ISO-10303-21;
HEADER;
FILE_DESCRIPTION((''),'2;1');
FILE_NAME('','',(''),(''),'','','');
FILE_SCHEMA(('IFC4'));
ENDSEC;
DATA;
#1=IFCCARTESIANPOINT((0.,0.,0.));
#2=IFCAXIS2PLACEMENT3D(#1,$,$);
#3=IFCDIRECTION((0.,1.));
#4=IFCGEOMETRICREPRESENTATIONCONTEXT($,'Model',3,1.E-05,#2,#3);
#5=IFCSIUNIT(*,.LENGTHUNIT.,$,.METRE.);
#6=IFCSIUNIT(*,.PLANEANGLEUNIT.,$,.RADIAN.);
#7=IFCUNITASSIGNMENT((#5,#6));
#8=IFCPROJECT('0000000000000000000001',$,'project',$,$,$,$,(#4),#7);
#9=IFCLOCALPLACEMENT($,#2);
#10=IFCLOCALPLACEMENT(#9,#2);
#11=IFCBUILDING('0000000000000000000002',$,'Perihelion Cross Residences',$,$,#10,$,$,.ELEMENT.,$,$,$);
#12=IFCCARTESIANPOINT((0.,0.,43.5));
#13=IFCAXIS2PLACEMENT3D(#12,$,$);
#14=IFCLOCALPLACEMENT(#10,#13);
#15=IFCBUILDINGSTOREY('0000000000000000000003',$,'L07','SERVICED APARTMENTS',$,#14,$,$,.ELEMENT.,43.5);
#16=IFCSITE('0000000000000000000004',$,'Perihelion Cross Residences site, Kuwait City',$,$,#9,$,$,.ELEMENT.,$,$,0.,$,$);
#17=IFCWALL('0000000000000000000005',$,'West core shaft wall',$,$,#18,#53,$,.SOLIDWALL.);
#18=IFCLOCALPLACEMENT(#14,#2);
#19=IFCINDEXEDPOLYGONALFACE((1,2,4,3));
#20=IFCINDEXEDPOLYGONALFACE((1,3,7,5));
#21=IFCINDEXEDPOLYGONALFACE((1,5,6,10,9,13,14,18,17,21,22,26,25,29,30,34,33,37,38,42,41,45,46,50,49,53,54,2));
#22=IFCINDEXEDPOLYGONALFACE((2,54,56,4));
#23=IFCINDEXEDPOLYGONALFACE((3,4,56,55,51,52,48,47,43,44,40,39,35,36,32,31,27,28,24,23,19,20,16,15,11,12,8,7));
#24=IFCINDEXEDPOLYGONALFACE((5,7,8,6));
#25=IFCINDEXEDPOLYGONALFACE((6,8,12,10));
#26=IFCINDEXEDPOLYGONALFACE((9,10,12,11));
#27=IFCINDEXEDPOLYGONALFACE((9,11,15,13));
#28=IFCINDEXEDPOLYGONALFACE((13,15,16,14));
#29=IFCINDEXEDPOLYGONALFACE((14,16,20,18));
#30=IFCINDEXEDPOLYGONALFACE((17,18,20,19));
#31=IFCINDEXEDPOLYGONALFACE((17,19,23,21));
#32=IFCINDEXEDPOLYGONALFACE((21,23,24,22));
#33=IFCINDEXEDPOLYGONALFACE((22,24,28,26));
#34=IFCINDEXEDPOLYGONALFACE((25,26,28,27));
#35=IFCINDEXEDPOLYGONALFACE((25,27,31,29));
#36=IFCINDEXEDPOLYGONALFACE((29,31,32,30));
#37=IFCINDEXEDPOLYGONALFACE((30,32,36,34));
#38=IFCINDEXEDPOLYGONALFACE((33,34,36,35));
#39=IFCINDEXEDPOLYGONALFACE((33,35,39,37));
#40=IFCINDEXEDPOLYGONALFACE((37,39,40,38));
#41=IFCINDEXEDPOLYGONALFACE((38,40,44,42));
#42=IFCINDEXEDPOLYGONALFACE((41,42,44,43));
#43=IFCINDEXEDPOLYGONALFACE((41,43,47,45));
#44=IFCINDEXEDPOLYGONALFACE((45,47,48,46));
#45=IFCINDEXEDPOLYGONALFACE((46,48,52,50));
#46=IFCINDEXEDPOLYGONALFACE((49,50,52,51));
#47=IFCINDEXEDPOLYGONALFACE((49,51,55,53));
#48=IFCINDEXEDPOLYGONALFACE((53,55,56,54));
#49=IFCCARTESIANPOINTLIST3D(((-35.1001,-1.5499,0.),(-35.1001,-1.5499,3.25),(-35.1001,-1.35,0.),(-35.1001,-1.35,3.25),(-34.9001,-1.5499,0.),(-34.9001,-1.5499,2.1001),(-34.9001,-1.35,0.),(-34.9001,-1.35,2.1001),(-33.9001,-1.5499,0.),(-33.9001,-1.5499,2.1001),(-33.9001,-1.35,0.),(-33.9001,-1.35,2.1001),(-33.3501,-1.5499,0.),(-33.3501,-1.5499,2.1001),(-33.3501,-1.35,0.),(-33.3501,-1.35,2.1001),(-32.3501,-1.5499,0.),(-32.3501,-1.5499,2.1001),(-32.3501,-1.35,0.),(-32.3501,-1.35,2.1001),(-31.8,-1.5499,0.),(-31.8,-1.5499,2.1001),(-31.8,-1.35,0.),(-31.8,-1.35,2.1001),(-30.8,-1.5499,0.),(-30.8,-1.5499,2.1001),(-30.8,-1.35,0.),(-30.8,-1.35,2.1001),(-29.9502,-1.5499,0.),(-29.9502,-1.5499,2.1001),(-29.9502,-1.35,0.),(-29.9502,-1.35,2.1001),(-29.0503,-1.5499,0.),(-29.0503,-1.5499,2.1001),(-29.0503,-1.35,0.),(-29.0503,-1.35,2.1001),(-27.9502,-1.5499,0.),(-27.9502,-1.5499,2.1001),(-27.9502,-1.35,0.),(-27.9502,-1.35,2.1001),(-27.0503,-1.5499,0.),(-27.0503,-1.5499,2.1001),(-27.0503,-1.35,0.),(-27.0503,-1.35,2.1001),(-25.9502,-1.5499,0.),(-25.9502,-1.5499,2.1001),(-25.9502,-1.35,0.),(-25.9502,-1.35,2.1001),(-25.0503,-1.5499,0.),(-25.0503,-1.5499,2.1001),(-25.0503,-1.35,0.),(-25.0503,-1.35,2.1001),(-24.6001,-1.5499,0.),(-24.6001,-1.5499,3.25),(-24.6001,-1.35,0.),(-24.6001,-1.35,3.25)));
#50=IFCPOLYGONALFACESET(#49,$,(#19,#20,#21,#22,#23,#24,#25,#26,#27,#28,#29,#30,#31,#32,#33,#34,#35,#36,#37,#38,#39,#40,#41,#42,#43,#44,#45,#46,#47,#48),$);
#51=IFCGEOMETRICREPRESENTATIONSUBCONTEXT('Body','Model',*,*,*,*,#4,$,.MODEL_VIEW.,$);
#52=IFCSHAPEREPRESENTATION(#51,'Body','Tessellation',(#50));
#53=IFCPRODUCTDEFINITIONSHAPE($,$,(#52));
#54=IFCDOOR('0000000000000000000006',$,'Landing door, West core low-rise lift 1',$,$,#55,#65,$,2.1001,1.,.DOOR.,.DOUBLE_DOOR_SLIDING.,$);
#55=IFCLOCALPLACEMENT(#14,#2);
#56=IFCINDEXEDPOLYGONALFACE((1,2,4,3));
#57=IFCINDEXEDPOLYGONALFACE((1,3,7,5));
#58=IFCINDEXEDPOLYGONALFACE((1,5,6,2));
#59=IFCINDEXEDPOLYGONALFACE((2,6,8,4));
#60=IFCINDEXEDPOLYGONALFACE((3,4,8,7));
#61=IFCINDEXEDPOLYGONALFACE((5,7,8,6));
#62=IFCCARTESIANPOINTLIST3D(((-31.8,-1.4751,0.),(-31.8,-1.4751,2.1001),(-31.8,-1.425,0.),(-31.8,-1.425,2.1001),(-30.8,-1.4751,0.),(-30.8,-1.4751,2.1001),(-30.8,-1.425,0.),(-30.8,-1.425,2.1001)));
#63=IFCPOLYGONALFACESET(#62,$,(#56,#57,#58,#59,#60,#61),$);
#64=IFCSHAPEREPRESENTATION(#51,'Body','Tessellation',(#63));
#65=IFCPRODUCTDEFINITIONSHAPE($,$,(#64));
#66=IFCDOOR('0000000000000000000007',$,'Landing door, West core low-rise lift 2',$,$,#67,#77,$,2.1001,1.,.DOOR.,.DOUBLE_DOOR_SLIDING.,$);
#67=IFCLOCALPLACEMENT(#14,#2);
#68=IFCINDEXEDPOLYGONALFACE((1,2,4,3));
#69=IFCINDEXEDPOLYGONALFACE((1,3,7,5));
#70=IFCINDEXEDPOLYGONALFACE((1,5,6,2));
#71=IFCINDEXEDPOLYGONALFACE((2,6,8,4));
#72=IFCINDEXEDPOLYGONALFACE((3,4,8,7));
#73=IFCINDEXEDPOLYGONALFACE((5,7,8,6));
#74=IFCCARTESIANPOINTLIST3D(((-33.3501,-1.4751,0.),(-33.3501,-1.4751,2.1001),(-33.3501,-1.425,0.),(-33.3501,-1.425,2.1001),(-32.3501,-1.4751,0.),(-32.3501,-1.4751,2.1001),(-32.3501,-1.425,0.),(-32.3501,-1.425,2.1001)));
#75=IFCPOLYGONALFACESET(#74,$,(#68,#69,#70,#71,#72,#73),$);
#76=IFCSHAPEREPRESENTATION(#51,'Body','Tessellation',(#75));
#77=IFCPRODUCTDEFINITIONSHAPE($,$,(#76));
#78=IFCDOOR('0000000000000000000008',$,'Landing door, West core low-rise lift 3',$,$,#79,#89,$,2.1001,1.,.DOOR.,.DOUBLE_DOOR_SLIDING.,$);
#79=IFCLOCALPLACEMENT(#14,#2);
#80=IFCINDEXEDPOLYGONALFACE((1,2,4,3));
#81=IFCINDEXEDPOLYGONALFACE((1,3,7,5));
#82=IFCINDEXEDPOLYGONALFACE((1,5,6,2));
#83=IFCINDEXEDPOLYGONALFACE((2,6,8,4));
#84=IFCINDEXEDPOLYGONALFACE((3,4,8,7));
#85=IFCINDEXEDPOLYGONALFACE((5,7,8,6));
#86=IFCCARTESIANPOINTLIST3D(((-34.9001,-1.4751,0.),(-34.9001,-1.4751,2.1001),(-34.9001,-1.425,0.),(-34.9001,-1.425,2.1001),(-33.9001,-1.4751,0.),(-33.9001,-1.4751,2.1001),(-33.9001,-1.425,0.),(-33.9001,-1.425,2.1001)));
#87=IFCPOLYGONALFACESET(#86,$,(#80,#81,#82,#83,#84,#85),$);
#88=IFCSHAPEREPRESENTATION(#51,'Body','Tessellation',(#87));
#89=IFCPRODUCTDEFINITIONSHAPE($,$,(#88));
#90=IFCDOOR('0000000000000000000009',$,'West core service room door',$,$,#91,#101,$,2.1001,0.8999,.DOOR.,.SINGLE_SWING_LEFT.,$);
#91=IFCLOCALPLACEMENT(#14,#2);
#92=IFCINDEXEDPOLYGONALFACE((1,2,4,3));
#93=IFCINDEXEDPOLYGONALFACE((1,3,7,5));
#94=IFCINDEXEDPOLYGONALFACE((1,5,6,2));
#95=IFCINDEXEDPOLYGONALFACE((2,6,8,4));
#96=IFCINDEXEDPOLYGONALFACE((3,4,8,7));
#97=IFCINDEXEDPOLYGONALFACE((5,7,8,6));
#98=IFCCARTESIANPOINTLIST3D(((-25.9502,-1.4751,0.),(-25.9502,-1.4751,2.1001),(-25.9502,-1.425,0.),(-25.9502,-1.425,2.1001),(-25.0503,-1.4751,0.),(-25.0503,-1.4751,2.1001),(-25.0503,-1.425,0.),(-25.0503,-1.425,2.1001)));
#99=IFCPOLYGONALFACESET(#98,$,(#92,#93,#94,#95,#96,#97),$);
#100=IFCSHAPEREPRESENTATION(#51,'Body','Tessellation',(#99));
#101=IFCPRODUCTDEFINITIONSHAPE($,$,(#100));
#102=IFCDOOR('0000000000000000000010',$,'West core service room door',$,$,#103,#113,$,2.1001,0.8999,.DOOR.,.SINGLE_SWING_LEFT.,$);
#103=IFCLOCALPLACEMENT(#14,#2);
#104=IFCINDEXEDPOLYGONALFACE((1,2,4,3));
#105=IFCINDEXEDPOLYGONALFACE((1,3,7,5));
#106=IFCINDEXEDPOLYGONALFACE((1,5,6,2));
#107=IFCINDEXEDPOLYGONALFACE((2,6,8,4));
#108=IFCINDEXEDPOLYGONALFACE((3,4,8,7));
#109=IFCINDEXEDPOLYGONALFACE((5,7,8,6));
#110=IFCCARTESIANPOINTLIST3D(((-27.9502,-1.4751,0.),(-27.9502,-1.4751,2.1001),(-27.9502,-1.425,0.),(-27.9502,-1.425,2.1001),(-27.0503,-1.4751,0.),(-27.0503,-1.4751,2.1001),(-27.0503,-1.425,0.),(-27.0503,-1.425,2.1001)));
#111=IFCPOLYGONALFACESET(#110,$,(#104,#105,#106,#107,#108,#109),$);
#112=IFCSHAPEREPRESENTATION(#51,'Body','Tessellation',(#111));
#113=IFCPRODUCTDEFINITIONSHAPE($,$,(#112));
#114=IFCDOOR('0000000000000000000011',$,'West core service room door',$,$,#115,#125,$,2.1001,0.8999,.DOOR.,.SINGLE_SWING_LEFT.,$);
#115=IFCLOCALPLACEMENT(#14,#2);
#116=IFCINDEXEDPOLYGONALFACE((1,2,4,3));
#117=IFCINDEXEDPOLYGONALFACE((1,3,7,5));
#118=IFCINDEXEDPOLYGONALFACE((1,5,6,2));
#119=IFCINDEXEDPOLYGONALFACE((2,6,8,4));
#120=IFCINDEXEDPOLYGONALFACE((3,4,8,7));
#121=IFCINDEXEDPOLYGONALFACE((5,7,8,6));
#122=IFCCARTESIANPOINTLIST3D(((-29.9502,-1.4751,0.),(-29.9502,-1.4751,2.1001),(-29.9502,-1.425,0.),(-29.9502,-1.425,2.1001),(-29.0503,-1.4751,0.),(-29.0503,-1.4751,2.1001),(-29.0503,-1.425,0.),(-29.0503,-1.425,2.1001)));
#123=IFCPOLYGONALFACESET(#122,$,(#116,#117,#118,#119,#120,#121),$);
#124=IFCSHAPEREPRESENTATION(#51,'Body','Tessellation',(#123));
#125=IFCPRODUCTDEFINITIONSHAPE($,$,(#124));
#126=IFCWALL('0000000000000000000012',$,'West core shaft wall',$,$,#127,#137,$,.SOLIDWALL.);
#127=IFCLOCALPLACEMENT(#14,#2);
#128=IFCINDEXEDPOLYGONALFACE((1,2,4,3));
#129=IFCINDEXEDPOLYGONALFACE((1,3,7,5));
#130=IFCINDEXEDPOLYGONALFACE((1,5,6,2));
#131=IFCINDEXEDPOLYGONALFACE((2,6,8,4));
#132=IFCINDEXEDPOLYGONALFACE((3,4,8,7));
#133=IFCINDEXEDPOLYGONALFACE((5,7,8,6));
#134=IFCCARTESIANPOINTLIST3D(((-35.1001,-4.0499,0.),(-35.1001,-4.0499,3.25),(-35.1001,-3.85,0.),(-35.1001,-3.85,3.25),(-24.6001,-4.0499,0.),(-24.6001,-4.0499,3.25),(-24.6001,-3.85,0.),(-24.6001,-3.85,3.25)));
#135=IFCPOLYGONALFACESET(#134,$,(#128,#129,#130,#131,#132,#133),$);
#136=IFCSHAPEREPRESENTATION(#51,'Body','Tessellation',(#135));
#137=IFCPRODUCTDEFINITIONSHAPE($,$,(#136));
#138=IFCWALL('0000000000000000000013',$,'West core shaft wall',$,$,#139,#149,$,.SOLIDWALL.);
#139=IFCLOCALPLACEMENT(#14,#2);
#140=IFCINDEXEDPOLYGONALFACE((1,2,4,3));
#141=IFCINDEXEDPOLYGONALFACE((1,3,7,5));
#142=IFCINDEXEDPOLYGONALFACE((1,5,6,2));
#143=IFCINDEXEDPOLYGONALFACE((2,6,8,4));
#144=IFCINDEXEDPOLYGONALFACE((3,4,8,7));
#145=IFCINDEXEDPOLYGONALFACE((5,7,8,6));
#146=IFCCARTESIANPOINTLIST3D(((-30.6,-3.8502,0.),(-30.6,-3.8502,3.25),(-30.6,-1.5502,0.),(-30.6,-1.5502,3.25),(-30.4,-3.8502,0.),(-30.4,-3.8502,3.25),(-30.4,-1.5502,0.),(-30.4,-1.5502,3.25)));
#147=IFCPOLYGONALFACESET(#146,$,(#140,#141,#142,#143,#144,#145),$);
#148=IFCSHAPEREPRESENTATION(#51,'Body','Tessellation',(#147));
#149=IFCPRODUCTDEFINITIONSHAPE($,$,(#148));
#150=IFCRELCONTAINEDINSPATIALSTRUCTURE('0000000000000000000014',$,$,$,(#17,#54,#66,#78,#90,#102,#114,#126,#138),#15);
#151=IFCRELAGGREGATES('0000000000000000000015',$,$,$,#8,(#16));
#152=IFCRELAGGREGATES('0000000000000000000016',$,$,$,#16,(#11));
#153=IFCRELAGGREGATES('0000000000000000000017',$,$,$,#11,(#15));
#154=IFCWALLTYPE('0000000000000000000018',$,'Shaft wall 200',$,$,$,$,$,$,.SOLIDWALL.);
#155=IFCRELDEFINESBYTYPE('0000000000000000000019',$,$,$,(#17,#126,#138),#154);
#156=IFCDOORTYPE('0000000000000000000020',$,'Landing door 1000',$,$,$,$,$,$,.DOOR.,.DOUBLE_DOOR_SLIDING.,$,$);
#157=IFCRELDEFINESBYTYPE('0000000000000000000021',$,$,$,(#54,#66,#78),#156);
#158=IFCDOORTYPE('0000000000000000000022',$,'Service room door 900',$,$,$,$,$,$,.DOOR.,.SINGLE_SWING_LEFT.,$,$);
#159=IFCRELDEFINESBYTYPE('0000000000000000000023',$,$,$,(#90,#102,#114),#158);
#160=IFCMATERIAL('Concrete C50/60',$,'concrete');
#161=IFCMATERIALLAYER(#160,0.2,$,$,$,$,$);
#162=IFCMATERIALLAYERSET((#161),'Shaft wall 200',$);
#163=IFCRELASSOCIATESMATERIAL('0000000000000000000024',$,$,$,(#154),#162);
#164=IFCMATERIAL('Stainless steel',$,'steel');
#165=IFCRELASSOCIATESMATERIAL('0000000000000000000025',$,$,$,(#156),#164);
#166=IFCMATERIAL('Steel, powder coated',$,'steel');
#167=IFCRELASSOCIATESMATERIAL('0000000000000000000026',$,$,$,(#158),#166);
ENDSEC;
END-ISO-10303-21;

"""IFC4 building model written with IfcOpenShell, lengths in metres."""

from ifc_helpers import new_model, si_unit, direction, frame, frame_2d, origin, place, context, subcontext, project, spatial, rectangle, extrude, material, layer, layer_set, type_object, element, fill, save


model = new_model("IFC4")

# Units and contexts
model_context = context("Model", 3, precision=1e-05, world=origin(), true_north=direction((0.0, 1.0)))
body_context = subcontext(model_context, "Body", "Model", "MODEL_VIEW")
ifc_project = project(units=[si_unit("LENGTHUNIT", "METRE"), si_unit("PLANEANGLEUNIT", "RADIAN")], contexts=[model_context])

# Site, building, storey
site_placement = place(None, origin())
site = spatial("IfcSite", under=ifc_project, at=site_placement, Name="Perihelion Cross Residences site, Kuwait City", CompositionType="ELEMENT", RefElevation=0.0)
building_placement = place(site_placement, origin())
building = spatial("IfcBuilding", under=site, at=building_placement, Name="Perihelion Cross Residences", CompositionType="ELEMENT")
storey_placement = place(building_placement, frame((0.0, 0.0, 43.5)))
storey = spatial("IfcBuildingStorey", under=building, at=storey_placement, Name="L07", Description="SERVICED APARTMENTS", CompositionType="ELEMENT", Elevation=43.5)

# Wall, openings, doors
ifc_material_1 = material(Name="Concrete C50/60", Category="concrete")
ifc_layer_1 = layer(ifc_material_1, 0.2)
ifc_layer_set_1 = layer_set([ifc_layer_1], Name="Shaft wall 200")
wall_type_1 = type_object("IfcWallType", Name="Shaft wall 200", PredefinedType="SOLIDWALL", material=ifc_layer_set_1)
wall_1_placement = place(storey_placement, frame((-35.1001, -1.45, 0.0), z_axis=(0.0, 0.0, 1.0), x_axis=(1.0, 0.0, 0.0)))
wall_1 = element("IfcWall", 1, at=wall_1_placement, inside=storey, type_object=wall_type_1, Name="West core shaft wall", PredefinedType="SOLIDWALL", context=body_context, shape_type="SweptSolid", body=[
    extrude(rectangle(XDim=10.5, YDim=0.2, at=frame_2d((5.25, 0.0))), origin(), (0.0, 0.0, 1.0), 3.25),
])
opening_1_placement = place(wall_1_placement, frame((3.3, 0.0, 0.0)))
opening_1 = element("IfcOpeningElement", 2, at=opening_1_placement, cuts=wall_1, PredefinedType="OPENING", context=body_context, shape_type="SweptSolid", body=[
    extrude(rectangle(XDim=1.0, YDim=2.1001, at=frame_2d((0.5, 1.05))), frame((0.0, 0.1099, 0.0), z_axis=(0.0, -1.0, 0.0), x_axis=(1.0, 0.0, 0.0)), (0.0, 0.0, 1.0), 0.22),
])
opening_2_placement = place(wall_1_placement, frame((1.75, 0.0, 0.0)))
opening_2 = element("IfcOpeningElement", 3, at=opening_2_placement, cuts=wall_1, PredefinedType="OPENING", context=body_context, shape_type="SweptSolid", body=[
    extrude(rectangle(XDim=1.0, YDim=2.1001, at=frame_2d((0.5, 1.05))), frame((0.0, 0.1099, 0.0), z_axis=(0.0, -1.0, 0.0), x_axis=(1.0, 0.0, 0.0)), (0.0, 0.0, 1.0), 0.22),
])
opening_3_placement = place(wall_1_placement, frame((0.2, 0.0, 0.0)))
opening_3 = element("IfcOpeningElement", 4, at=opening_3_placement, cuts=wall_1, PredefinedType="OPENING", context=body_context, shape_type="SweptSolid", body=[
    extrude(rectangle(XDim=1.0, YDim=2.1001, at=frame_2d((0.5, 1.05))), frame((0.0, 0.1099, 0.0), z_axis=(0.0, -1.0, 0.0), x_axis=(1.0, 0.0, 0.0)), (0.0, 0.0, 1.0), 0.22),
])
opening_4_placement = place(wall_1_placement, frame((9.1499, 0.0, 0.0)))
opening_4 = element("IfcOpeningElement", 5, at=opening_4_placement, cuts=wall_1, PredefinedType="OPENING", context=body_context, shape_type="SweptSolid", body=[
    extrude(rectangle(XDim=0.8999, YDim=2.1001, at=frame_2d((0.45, 1.05))), frame((0.0, 0.1099, 0.0), z_axis=(0.0, -1.0, 0.0), x_axis=(1.0, 0.0, 0.0)), (0.0, 0.0, 1.0), 0.22),
])
opening_5_placement = place(wall_1_placement, frame((7.1499, 0.0, 0.0)))
opening_5 = element("IfcOpeningElement", 6, at=opening_5_placement, cuts=wall_1, PredefinedType="OPENING", context=body_context, shape_type="SweptSolid", body=[
    extrude(rectangle(XDim=0.8999, YDim=2.1001, at=frame_2d((0.45, 1.05))), frame((0.0, 0.1099, 0.0), z_axis=(0.0, -1.0, 0.0), x_axis=(1.0, 0.0, 0.0)), (0.0, 0.0, 1.0), 0.22),
])
opening_6_placement = place(wall_1_placement, frame((5.1499, 0.0, 0.0)))
opening_6 = element("IfcOpeningElement", 7, at=opening_6_placement, cuts=wall_1, PredefinedType="OPENING", context=body_context, shape_type="SweptSolid", body=[
    extrude(rectangle(XDim=0.8999, YDim=2.1001, at=frame_2d((0.45, 1.05))), frame((0.0, 0.1099, 0.0), z_axis=(0.0, -1.0, 0.0), x_axis=(1.0, 0.0, 0.0)), (0.0, 0.0, 1.0), 0.22),
])
ifc_material_2 = material(Name="Stainless steel", Category="steel")
door_type_1 = type_object("IfcDoorType", Name="Landing door 1000", OperationType="DOUBLE_DOOR_SLIDING", PredefinedType="DOOR", material=ifc_material_2)
door_1_placement = place(opening_1_placement, origin())
door_1 = element("IfcDoor", 8, at=door_1_placement, inside=storey, type_object=door_type_1, Name="Landing door, West core low-rise lift 1", OperationType="DOUBLE_DOOR_SLIDING", OverallHeight=2.1001, OverallWidth=1.0, PredefinedType="DOOR", context=body_context, shape_type="SweptSolid", body=[
    extrude(rectangle(XDim=1.0, YDim=2.1001, at=frame_2d((0.5, 1.05))), frame((0.0, 0.0249, 0.0), z_axis=(0.0, -1.0, 0.0), x_axis=(1.0, 0.0, 0.0)), (0.0, 0.0, 1.0), 0.05),
])
fill(opening_1, door_1)
door_2_placement = place(opening_2_placement, origin())
door_2 = element("IfcDoor", 9, at=door_2_placement, inside=storey, type_object=door_type_1, Name="Landing door, West core low-rise lift 2", OperationType="DOUBLE_DOOR_SLIDING", OverallHeight=2.1001, OverallWidth=1.0, PredefinedType="DOOR", context=body_context, shape_type="SweptSolid", body=[
    extrude(rectangle(XDim=1.0, YDim=2.1001, at=frame_2d((0.5, 1.05))), frame((0.0, 0.0249, 0.0), z_axis=(0.0, -1.0, 0.0), x_axis=(1.0, 0.0, 0.0)), (0.0, 0.0, 1.0), 0.05),
])
fill(opening_2, door_2)
door_3_placement = place(opening_3_placement, origin())
door_3 = element("IfcDoor", 10, at=door_3_placement, inside=storey, type_object=door_type_1, Name="Landing door, West core low-rise lift 3", OperationType="DOUBLE_DOOR_SLIDING", OverallHeight=2.1001, OverallWidth=1.0, PredefinedType="DOOR", context=body_context, shape_type="SweptSolid", body=[
    extrude(rectangle(XDim=1.0, YDim=2.1001, at=frame_2d((0.5, 1.05))), frame((0.0, 0.0249, 0.0), z_axis=(0.0, -1.0, 0.0), x_axis=(1.0, 0.0, 0.0)), (0.0, 0.0, 1.0), 0.05),
])
fill(opening_3, door_3)
ifc_material_3 = material(Name="Steel, powder coated", Category="steel")
door_type_2 = type_object("IfcDoorType", Name="Service room door 900", OperationType="SINGLE_SWING_LEFT", PredefinedType="DOOR", material=ifc_material_3)
door_4_placement = place(opening_4_placement, origin())
door_4 = element("IfcDoor", 11, at=door_4_placement, inside=storey, type_object=door_type_2, Name="West core service room door", OperationType="SINGLE_SWING_LEFT", OverallHeight=2.1001, OverallWidth=0.8999, PredefinedType="DOOR", context=body_context, shape_type="SweptSolid", body=[
    extrude(rectangle(XDim=0.8999, YDim=2.1001, at=frame_2d((0.45, 1.05))), frame((0.0, 0.0249, 0.0), z_axis=(0.0, -1.0, 0.0), x_axis=(1.0, 0.0, 0.0)), (0.0, 0.0, 1.0), 0.05),
])
fill(opening_4, door_4)
door_5_placement = place(opening_5_placement, origin())
door_5 = element("IfcDoor", 12, at=door_5_placement, inside=storey, type_object=door_type_2, Name="West core service room door", OperationType="SINGLE_SWING_LEFT", OverallHeight=2.1001, OverallWidth=0.8999, PredefinedType="DOOR", context=body_context, shape_type="SweptSolid", body=[
    extrude(rectangle(XDim=0.8999, YDim=2.1001, at=frame_2d((0.45, 1.05))), frame((0.0, 0.0249, 0.0), z_axis=(0.0, -1.0, 0.0), x_axis=(1.0, 0.0, 0.0)), (0.0, 0.0, 1.0), 0.05),
])
fill(opening_5, door_5)
door_6_placement = place(opening_6_placement, origin())
door_6 = element("IfcDoor", 13, at=door_6_placement, inside=storey, type_object=door_type_2, Name="West core service room door", OperationType="SINGLE_SWING_LEFT", OverallHeight=2.1001, OverallWidth=0.8999, PredefinedType="DOOR", context=body_context, shape_type="SweptSolid", body=[
    extrude(rectangle(XDim=0.8999, YDim=2.1001, at=frame_2d((0.45, 1.05))), frame((0.0, 0.0249, 0.0), z_axis=(0.0, -1.0, 0.0), x_axis=(1.0, 0.0, 0.0)), (0.0, 0.0, 1.0), 0.05),
])
fill(opening_6, door_6)

# Walls
wall_2_placement = place(storey_placement, frame((-35.1001, -3.95, 0.0), z_axis=(0.0, 0.0, 1.0), x_axis=(1.0, 0.0, 0.0)))
element("IfcWall", 14, at=wall_2_placement, inside=storey, type_object=wall_type_1, Name="West core shaft wall", PredefinedType="SOLIDWALL", context=body_context, shape_type="SweptSolid", body=[
    extrude(rectangle(XDim=10.5, YDim=0.2, at=frame_2d((5.25, 0.0))), origin(), (0.0, 0.0, 1.0), 3.25),
])
wall_3_placement = place(storey_placement, frame((-30.5, -3.8501, 0.0), z_axis=(0.0, 0.0, 1.0), x_axis=(0.0, 1.0, 0.0)))
element("IfcWall", 15, at=wall_3_placement, inside=storey, type_object=wall_type_1, Name="West core shaft wall", PredefinedType="SOLIDWALL", context=body_context, shape_type="SweptSolid", body=[
    extrude(rectangle(XDim=2.3, YDim=0.2, at=frame_2d((1.1499, 0.0))), origin(), (0.0, 0.0, 1.0), 3.25),
])

save(model, "model.ifc")
